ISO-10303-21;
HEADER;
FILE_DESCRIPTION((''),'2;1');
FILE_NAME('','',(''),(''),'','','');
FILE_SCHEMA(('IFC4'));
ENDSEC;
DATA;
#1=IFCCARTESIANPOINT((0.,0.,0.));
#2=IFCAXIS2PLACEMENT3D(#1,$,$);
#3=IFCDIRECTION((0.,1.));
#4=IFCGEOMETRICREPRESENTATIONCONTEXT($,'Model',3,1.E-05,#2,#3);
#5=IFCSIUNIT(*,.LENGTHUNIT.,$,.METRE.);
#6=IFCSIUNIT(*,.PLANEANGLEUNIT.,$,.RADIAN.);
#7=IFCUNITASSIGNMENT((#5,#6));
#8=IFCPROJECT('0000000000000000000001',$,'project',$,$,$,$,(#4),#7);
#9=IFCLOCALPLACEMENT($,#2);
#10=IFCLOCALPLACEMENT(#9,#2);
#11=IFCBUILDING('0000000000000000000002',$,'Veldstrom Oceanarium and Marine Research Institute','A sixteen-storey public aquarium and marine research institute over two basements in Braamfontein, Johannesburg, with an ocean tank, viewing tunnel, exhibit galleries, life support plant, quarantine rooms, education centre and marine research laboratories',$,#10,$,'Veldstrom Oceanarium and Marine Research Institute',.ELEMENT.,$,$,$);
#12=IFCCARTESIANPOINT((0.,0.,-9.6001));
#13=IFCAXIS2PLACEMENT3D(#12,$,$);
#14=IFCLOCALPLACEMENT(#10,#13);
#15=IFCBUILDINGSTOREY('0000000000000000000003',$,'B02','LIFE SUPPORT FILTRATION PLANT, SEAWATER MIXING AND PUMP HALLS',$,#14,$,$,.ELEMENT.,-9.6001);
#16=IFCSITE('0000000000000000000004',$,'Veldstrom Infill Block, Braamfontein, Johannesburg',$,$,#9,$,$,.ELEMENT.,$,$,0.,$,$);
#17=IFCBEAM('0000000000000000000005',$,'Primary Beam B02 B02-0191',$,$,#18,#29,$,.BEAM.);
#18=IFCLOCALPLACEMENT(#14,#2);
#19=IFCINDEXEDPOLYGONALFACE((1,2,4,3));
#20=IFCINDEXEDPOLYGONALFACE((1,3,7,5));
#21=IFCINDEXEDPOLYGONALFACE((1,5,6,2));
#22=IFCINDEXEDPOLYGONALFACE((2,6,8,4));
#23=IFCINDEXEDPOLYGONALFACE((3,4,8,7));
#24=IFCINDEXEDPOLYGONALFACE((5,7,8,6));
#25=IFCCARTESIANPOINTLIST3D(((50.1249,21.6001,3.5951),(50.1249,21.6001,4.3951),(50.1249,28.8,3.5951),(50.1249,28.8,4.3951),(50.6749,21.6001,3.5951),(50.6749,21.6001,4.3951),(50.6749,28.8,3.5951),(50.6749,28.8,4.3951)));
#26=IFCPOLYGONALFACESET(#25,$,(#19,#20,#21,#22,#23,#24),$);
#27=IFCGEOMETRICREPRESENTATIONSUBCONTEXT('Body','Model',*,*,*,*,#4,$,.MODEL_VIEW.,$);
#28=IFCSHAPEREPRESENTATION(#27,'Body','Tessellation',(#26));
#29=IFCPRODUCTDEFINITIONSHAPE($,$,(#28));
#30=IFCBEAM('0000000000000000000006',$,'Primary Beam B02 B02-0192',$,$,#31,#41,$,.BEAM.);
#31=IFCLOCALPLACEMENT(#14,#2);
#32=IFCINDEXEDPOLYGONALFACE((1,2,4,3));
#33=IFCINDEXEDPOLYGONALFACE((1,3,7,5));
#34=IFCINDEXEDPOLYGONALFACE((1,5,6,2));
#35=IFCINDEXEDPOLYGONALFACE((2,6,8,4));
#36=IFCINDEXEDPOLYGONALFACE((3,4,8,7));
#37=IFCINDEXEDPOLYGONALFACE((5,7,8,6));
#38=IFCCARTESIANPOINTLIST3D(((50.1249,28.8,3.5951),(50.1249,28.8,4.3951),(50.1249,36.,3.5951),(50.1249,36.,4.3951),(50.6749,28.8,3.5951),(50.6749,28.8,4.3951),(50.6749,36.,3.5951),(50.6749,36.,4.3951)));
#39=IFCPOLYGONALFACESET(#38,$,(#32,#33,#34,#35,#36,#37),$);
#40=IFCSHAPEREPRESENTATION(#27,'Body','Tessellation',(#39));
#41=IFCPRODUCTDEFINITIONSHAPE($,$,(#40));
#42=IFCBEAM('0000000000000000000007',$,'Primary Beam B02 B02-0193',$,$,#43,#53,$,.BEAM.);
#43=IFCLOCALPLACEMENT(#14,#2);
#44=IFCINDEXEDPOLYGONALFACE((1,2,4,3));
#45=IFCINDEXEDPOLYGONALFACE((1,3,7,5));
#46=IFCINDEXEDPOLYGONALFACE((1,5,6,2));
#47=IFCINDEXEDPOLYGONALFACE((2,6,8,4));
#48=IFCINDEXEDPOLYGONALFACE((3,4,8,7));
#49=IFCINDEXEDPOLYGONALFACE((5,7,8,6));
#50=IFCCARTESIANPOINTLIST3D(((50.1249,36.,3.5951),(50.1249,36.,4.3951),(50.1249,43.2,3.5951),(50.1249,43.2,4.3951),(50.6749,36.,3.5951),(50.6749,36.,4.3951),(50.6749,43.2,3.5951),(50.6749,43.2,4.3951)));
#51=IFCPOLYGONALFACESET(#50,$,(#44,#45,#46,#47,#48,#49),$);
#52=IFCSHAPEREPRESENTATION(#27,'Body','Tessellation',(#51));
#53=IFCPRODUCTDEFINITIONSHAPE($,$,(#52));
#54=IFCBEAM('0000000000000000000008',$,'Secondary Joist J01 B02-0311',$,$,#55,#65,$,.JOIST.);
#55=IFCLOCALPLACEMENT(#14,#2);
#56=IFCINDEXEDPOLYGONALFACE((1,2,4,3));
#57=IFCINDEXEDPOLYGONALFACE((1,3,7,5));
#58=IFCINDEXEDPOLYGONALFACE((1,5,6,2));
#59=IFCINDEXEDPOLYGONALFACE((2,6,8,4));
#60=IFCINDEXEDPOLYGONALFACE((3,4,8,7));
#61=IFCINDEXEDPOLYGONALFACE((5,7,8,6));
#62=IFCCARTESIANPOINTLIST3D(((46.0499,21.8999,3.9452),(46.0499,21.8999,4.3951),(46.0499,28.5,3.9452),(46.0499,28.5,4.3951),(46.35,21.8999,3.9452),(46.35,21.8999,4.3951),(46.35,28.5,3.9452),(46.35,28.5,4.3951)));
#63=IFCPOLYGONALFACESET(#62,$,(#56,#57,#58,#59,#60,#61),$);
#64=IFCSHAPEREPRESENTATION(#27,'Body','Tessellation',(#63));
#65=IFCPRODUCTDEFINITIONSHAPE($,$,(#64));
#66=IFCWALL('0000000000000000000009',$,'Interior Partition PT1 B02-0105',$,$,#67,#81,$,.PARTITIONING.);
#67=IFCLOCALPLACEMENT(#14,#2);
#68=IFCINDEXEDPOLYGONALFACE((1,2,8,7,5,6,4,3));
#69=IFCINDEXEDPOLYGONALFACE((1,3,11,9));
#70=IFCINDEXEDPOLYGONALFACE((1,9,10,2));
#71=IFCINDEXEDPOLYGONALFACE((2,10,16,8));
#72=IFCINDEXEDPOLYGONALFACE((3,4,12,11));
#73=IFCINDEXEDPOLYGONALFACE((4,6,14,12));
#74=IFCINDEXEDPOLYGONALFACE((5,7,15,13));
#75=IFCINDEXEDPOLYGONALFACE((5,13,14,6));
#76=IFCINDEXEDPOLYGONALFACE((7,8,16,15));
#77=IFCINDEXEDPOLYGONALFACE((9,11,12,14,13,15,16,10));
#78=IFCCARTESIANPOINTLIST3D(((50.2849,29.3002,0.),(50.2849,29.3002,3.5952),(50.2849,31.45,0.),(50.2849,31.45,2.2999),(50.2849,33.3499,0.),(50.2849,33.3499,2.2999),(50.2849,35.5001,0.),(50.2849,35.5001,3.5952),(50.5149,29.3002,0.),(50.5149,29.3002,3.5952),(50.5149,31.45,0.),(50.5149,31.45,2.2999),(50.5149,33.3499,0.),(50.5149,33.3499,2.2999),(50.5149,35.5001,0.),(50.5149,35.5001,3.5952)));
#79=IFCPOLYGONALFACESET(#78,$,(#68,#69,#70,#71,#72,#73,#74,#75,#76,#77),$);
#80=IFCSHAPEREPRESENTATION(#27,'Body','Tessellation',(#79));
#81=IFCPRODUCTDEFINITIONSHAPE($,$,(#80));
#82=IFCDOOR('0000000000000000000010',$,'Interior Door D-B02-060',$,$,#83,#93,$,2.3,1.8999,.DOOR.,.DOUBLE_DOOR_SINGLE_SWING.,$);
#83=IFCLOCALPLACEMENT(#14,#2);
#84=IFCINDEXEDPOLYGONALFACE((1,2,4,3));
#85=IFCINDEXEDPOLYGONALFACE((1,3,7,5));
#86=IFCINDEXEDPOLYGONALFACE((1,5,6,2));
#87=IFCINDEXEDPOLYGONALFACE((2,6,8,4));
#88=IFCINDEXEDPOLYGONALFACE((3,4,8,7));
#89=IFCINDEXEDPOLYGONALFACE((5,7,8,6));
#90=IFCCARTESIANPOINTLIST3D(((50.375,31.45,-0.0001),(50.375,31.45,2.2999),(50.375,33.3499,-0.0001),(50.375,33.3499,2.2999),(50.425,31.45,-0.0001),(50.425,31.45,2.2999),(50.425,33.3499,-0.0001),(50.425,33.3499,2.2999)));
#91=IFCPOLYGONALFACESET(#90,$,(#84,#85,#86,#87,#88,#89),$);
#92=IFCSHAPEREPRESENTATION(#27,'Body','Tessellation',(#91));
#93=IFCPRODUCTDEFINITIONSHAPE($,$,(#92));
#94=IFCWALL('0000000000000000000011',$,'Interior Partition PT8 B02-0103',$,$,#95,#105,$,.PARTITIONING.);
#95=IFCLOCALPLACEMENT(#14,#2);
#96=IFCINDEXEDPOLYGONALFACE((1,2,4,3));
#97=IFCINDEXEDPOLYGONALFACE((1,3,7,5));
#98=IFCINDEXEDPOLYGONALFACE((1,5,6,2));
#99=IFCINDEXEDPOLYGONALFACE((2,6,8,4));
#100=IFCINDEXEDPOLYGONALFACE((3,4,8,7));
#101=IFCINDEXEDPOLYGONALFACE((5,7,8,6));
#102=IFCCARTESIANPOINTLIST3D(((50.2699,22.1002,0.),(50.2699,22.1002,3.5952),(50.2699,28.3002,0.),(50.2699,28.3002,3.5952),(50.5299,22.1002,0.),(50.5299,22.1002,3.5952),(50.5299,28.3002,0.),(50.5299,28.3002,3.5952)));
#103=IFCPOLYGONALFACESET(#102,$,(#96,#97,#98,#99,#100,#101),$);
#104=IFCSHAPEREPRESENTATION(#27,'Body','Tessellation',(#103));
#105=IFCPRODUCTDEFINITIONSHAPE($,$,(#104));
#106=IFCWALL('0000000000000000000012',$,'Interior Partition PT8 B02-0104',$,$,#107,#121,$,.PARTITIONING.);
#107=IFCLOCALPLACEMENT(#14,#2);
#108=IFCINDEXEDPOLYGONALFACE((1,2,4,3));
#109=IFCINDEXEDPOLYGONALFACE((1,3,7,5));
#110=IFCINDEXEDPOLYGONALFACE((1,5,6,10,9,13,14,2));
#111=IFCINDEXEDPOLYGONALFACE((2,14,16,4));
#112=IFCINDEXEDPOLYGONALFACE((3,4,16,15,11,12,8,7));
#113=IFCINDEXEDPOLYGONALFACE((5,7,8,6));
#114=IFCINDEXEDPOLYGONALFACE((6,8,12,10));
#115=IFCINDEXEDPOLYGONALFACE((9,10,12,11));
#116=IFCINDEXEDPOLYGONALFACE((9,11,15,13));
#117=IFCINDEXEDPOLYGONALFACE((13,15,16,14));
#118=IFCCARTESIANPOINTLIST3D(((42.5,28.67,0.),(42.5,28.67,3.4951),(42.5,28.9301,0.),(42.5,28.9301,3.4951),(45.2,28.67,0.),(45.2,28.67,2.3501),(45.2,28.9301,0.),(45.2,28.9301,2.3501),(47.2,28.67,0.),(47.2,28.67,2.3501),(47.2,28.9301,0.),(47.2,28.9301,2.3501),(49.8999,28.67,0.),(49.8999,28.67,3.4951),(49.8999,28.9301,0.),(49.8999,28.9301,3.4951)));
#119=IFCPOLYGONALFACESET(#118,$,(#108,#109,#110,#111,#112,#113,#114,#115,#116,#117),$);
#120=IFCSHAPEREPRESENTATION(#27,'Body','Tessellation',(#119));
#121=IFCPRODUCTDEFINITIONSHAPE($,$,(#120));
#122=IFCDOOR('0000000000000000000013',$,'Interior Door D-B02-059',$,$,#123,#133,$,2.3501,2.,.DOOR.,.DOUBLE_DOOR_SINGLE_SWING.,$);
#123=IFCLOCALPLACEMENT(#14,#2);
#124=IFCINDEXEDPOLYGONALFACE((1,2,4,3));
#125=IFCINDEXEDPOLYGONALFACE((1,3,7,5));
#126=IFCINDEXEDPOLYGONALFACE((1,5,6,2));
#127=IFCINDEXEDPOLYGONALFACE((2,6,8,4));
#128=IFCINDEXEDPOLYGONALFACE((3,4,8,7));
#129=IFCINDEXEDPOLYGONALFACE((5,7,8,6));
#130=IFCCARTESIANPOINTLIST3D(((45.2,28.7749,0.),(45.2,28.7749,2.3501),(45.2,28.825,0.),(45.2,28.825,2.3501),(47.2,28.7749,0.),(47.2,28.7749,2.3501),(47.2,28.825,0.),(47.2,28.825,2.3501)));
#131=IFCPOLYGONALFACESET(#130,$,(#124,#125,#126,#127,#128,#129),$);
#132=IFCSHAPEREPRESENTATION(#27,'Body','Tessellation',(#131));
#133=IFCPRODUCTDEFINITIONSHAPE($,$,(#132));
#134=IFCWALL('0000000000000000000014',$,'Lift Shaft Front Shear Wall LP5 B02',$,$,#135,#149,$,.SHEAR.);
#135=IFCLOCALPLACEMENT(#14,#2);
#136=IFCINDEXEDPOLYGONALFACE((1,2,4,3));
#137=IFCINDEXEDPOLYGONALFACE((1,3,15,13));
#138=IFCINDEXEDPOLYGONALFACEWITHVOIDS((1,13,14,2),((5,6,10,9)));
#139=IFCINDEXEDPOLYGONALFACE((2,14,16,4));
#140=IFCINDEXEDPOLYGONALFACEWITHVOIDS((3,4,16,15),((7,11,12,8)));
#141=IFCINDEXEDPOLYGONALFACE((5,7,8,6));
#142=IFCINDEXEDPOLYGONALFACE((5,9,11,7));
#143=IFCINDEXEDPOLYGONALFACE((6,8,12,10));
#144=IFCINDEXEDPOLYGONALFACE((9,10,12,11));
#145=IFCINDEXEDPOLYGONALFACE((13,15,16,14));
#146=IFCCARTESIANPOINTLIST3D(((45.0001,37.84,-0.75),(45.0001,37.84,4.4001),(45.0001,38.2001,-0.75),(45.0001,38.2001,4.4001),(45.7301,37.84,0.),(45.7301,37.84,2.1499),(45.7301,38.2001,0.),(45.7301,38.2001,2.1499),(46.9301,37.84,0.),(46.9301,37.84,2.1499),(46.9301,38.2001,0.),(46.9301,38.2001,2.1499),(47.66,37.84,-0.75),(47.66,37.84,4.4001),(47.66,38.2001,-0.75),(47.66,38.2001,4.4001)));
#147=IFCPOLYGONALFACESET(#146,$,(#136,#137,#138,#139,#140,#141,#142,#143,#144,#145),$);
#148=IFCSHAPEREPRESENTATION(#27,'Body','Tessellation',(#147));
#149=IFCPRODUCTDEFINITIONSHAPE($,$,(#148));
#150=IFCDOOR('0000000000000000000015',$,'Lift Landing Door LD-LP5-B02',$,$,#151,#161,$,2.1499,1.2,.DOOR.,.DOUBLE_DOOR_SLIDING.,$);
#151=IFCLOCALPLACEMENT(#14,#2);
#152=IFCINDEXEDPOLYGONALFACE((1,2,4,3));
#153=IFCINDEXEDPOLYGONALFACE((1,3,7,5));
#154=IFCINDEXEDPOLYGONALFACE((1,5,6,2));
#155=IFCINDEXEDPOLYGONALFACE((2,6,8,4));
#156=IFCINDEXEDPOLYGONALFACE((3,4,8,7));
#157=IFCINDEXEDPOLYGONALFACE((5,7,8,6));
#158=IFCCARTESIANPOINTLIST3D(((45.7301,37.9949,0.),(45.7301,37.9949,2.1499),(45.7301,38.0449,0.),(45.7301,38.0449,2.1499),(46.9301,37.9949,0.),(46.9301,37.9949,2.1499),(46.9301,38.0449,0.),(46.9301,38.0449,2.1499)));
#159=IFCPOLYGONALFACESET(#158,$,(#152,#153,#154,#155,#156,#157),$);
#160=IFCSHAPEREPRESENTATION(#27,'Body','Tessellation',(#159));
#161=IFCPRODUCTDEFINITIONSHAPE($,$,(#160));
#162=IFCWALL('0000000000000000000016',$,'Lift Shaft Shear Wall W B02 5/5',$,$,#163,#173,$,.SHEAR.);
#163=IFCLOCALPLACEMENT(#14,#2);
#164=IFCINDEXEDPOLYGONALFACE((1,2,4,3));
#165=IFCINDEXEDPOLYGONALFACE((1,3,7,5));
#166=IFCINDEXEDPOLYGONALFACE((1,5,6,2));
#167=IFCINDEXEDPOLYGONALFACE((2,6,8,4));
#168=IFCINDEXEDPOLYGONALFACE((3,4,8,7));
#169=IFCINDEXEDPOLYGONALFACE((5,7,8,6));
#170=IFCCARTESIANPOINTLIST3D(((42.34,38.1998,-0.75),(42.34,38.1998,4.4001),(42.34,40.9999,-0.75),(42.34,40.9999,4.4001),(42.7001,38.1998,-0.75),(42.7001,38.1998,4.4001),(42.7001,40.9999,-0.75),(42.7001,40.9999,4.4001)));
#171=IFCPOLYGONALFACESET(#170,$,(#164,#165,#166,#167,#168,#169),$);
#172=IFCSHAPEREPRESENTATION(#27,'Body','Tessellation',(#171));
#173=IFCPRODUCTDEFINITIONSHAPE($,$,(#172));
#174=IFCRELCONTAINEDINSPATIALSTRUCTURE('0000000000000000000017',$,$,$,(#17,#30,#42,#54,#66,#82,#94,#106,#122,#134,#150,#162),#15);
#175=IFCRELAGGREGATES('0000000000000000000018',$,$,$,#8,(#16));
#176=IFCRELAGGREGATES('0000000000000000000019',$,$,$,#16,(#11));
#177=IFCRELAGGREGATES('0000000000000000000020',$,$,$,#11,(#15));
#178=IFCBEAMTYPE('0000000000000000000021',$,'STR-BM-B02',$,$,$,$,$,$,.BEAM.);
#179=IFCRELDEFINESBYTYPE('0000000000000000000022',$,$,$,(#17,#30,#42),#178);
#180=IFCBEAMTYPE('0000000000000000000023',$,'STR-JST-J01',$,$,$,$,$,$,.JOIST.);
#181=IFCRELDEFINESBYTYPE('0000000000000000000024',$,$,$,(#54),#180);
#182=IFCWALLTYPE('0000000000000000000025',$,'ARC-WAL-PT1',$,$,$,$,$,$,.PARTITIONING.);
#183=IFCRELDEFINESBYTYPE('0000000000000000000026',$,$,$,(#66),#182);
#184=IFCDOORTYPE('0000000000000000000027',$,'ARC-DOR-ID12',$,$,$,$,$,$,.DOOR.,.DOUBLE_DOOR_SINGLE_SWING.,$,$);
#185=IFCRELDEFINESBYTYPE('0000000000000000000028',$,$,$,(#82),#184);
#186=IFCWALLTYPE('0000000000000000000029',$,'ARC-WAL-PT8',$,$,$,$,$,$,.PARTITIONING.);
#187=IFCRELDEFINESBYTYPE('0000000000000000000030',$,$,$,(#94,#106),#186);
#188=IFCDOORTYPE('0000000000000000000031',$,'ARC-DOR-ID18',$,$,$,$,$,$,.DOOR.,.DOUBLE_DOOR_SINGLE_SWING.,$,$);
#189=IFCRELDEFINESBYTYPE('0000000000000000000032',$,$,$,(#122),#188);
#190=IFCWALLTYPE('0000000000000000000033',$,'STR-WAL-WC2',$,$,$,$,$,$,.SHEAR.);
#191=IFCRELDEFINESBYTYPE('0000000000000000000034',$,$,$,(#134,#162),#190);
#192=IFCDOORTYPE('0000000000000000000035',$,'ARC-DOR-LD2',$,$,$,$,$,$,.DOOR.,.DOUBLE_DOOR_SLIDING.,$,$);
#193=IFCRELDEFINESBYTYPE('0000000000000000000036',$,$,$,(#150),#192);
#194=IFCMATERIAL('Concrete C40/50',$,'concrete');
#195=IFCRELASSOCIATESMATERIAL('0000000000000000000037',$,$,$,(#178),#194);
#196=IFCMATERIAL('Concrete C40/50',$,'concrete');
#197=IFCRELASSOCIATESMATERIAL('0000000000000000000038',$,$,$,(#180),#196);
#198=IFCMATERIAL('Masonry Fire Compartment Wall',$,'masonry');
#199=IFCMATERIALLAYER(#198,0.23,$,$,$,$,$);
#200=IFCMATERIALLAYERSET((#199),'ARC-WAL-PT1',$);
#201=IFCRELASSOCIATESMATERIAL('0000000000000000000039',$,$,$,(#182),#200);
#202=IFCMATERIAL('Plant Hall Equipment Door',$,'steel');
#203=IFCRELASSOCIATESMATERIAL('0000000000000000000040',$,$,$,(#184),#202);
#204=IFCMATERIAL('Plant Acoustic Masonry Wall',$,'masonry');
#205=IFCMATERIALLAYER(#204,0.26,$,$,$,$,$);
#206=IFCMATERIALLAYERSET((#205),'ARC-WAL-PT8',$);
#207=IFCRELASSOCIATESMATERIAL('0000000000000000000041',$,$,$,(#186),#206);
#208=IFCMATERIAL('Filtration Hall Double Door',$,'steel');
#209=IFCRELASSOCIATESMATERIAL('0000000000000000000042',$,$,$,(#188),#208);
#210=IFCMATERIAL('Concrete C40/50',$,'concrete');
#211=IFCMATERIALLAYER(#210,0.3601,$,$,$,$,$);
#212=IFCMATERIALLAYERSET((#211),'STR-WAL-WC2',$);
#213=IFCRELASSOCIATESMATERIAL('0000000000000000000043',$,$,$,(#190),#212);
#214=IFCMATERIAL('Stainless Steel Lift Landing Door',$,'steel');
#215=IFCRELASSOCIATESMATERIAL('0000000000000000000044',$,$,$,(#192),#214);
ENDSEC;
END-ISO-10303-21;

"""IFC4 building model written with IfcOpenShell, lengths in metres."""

from ifc_helpers import new_model, si_unit, direction, frame, frame_2d, origin, origin_2d, place, context, subcontext, project, spatial, rectangle, extrude, material, layer, layer_set, material_profile, profile_set, type_object, element, fill, save


model = new_model("IFC4")

# Units and contexts
model_context = context("Model", 3, precision=1e-05, world=origin(), true_north=direction((0.0, 1.0)))
body_context = subcontext(model_context, "Body", "Model", "MODEL_VIEW")
ifc_project = project(units=[si_unit("LENGTHUNIT", "METRE"), si_unit("PLANEANGLEUNIT", "RADIAN")], contexts=[model_context])

# Site, building, storey
site_placement = place(None, origin())
site = spatial("IfcSite", under=ifc_project, at=site_placement, Name="Veldstrom Infill Block, Braamfontein, Johannesburg", CompositionType="ELEMENT", RefElevation=0.0)
building_placement = place(site_placement, origin())
building = spatial("IfcBuilding", under=site, at=building_placement, Name="Veldstrom Oceanarium and Marine Research Institute", Description="A sixteen-storey public aquarium and marine research institute over two basements in Braamfontein, Johannesburg, with an ocean tank, viewing tunnel, exhibit galleries, life support plant, quarantine rooms, education centre and marine research laboratories", LongName="Veldstrom Oceanarium and Marine Research Institute", CompositionType="ELEMENT")
storey_placement = place(building_placement, frame((0.0, 0.0, -9.6001)))
storey = spatial("IfcBuildingStorey", under=building, at=storey_placement, Name="B02", Description="LIFE SUPPORT FILTRATION PLANT, SEAWATER MIXING AND PUMP HALLS", CompositionType="ELEMENT", Elevation=-9.6001)

# Beams
ifc_material_1 = material(Name="Concrete C40/50", Category="concrete")
ifc_material_profile_1 = material_profile(ifc_material_1, rectangle(XDim=0.55, YDim=0.8, at=origin_2d()), Name="RC-BM-550x800")
ifc_profile_set_1 = profile_set([ifc_material_profile_1], Name="Concrete C40/50")
beam_type_1 = type_object("IfcBeamType", Name="STR-BM-B02", PredefinedType="BEAM", material=ifc_profile_set_1)
for number, where, z_axis, x_axis, name in (
    (1, (50.3999, 21.6001, 3.9951), (0.0, 1.0, 0.0), (-1.0, 0.0, 0.0), "Primary Beam B02 B02-0191"),
    (2, (50.3999, 28.8, 3.9951), (0.0, 1.0, 0.0), (-1.0, 0.0, 0.0), "Primary Beam B02 B02-0192"),
    (3, (50.3999, 36.0, 3.9951), (0.0, 1.0, 0.0), (-1.0, 0.0, 0.0), "Primary Beam B02 B02-0193"),
):
    element("IfcBeam", number, at=place(storey_placement, frame(where, z_axis=z_axis, x_axis=x_axis)), inside=storey, type_object=beam_type_1, Name=name, PredefinedType="BEAM", context=body_context, shape_type="SweptSolid", body=[
        extrude(rectangle(XDim=0.55, YDim=0.8, at=origin_2d()), origin(), (0.0, 0.0, 1.0), 7.2),
    ])
ifc_material_2 = material(Name="Concrete C40/50", Category="concrete")
ifc_material_profile_2 = material_profile(ifc_material_2, rectangle(XDim=0.3, YDim=0.45, at=origin_2d()), Name="RC-JST-300x450")
ifc_profile_set_2 = profile_set([ifc_material_profile_2], Name="Concrete C40/50")
beam_type_2 = type_object("IfcBeamType", Name="STR-JST-J01", PredefinedType="JOIST", material=ifc_profile_set_2)
beam_placement = place(storey_placement, frame((46.2, 21.8999, 4.1702), z_axis=(0.0, 1.0, 0.0), x_axis=(-1.0, 0.0, 0.0)))
element("IfcBeam", 4, at=beam_placement, inside=storey, type_object=beam_type_2, Name="Secondary Joist J01 B02-0311", PredefinedType="JOIST", context=body_context, shape_type="SweptSolid", body=[
    extrude(rectangle(XDim=0.3, YDim=0.45, at=origin_2d()), origin(), (0.0, 0.0, 1.0), 6.6001),
])

# Wall, opening, door
ifc_material_3 = material(Name="Masonry Fire Compartment Wall", Category="masonry")
ifc_layer_1 = layer(ifc_material_3, 0.23)
ifc_layer_set_1 = layer_set([ifc_layer_1], Name="ARC-WAL-PT1")
wall_type_1 = type_object("IfcWallType", Name="ARC-WAL-PT1", PredefinedType="PARTITIONING", material=ifc_layer_set_1)
wall_1_placement = place(storey_placement, frame((50.3999, 29.3, 0.0), z_axis=(0.0, 0.0, 1.0), x_axis=(0.0, 1.0, 0.0)))
wall_1 = element("IfcWall", 5, at=wall_1_placement, inside=storey, type_object=wall_type_1, Name="Interior Partition PT1 B02-0105", PredefinedType="PARTITIONING", context=body_context, shape_type="SweptSolid", body=[
    extrude(rectangle(XDim=6.2, YDim=0.23, at=frame_2d((3.1001, 0.0))), origin(), (0.0, 0.0, 1.0), 3.5952),
])
opening_1_placement = place(wall_1_placement, frame((2.1499, 0.0, 0.0)))
opening_1 = element("IfcOpeningElement", 6, at=opening_1_placement, cuts=wall_1, PredefinedType="OPENING", context=body_context, shape_type="SweptSolid", body=[
    extrude(rectangle(XDim=1.8999, YDim=2.3, at=frame_2d((0.95, 1.1499))), frame((0.0, 0.125, 0.0), z_axis=(0.0, -1.0, 0.0), x_axis=(1.0, 0.0, 0.0)), (0.0, 0.0, 1.0), 0.25),
])
ifc_material_4 = material(Name="Plant Hall Equipment Door", Category="steel")
door_type_1 = type_object("IfcDoorType", Name="ARC-DOR-ID12", OperationType="DOUBLE_DOOR_SINGLE_SWING", PredefinedType="DOOR", material=ifc_material_4)
door_1_placement = place(opening_1_placement, origin())
door_1 = element("IfcDoor", 7, at=door_1_placement, inside=storey, type_object=door_type_1, Name="Interior Door D-B02-060", OperationType="DOUBLE_DOOR_SINGLE_SWING", OverallHeight=2.3, OverallWidth=1.8999, PredefinedType="DOOR", context=body_context, shape_type="SweptSolid", body=[
    extrude(rectangle(XDim=1.8999, YDim=2.3, at=frame_2d((0.95, 1.1499))), frame((0.0, 0.0249, 0.0), z_axis=(0.0, -1.0, 0.0), x_axis=(1.0, 0.0, 0.0)), (0.0, 0.0, 1.0), 0.05),
])
fill(opening_1, door_1)

# Wall
ifc_material_5 = material(Name="Plant Acoustic Masonry Wall", Category="masonry")
ifc_layer_2 = layer(ifc_material_5, 0.26)
ifc_layer_set_2 = layer_set([ifc_layer_2], Name="ARC-WAL-PT8")
wall_type_2 = type_object("IfcWallType", Name="ARC-WAL-PT8", PredefinedType="PARTITIONING", material=ifc_layer_set_2)
wall_2_placement = place(storey_placement, frame((50.3999, 22.1001, 0.0), z_axis=(0.0, 0.0, 1.0), x_axis=(0.0, 1.0, 0.0)))
element("IfcWall", 8, at=wall_2_placement, inside=storey, type_object=wall_type_2, Name="Interior Partition PT8 B02-0103", PredefinedType="PARTITIONING", context=body_context, shape_type="SweptSolid", body=[
    extrude(rectangle(XDim=6.2, YDim=0.26, at=frame_2d((3.1001, 0.0))), origin(), (0.0, 0.0, 1.0), 3.5952),
])

# Walls, openings, doors
wall_3_placement = place(storey_placement, frame((42.5, 28.8, 0.0), z_axis=(0.0, 0.0, 1.0), x_axis=(1.0, 0.0, 0.0)))
wall_3 = element("IfcWall", 9, at=wall_3_placement, inside=storey, type_object=wall_type_2, Name="Interior Partition PT8 B02-0104", PredefinedType="PARTITIONING", context=body_context, shape_type="SweptSolid", body=[
    extrude(rectangle(XDim=7.3999, YDim=0.26, at=frame_2d((3.7, 0.0))), origin(), (0.0, 0.0, 1.0), 3.4951),
])
opening_2_placement = place(wall_3_placement, frame((2.7, 0.0, 0.0)))
opening_2 = element("IfcOpeningElement", 10, at=opening_2_placement, cuts=wall_3, PredefinedType="OPENING", context=body_context, shape_type="SweptSolid", body=[
    extrude(rectangle(XDim=2.0, YDim=2.3501, at=frame_2d((1.0, 1.175))), frame((0.0, 0.1399, 0.0), z_axis=(0.0, -1.0, 0.0), x_axis=(1.0, 0.0, 0.0)), (0.0, 0.0, 1.0), 0.28),
])
ifc_material_6 = material(Name="Filtration Hall Double Door", Category="steel")
door_type_2 = type_object("IfcDoorType", Name="ARC-DOR-ID18", OperationType="DOUBLE_DOOR_SINGLE_SWING", PredefinedType="DOOR", material=ifc_material_6)
door_2_placement = place(opening_2_placement, origin())
door_2 = element("IfcDoor", 11, at=door_2_placement, inside=storey, type_object=door_type_2, Name="Interior Door D-B02-059", OperationType="DOUBLE_DOOR_SINGLE_SWING", OverallHeight=2.3501, OverallWidth=2.0, PredefinedType="DOOR", context=body_context, shape_type="SweptSolid", body=[
    extrude(rectangle(XDim=2.0, YDim=2.3501, at=frame_2d((1.0, 1.175))), frame((0.0, 0.0249, 0.0), z_axis=(0.0, -1.0, 0.0), x_axis=(1.0, 0.0, 0.0)), (0.0, 0.0, 1.0), 0.05),
])
fill(opening_2, door_2)
ifc_material_7 = material(Name="Concrete C40/50", Category="concrete")
ifc_layer_3 = layer(ifc_material_7, 0.3601)
ifc_layer_set_3 = layer_set([ifc_layer_3], Name="STR-WAL-WC2")
wall_type_3 = type_object("IfcWallType", Name="STR-WAL-WC2", PredefinedType="SHEAR", material=ifc_layer_set_3)
wall_4_placement = place(storey_placement, frame((45.0, 38.02, -0.75), z_axis=(0.0, 0.0, 1.0), x_axis=(1.0, 0.0, 0.0)))
wall_4 = element("IfcWall", 12, at=wall_4_placement, inside=storey, type_object=wall_type_3, Name="Lift Shaft Front Shear Wall LP5 B02", PredefinedType="SHEAR", context=body_context, shape_type="SweptSolid", body=[
    extrude(rectangle(XDim=2.6599, YDim=0.3601, at=frame_2d((1.3301, 0.0))), origin(), (0.0, 0.0, 1.0), 5.1501),
])
opening_3_placement = place(wall_4_placement, frame((0.73, 0.0, 0.75)))
opening_3 = element("IfcOpeningElement", 13, at=opening_3_placement, cuts=wall_4, PredefinedType="OPENING", context=body_context, shape_type="SweptSolid", body=[
    extrude(rectangle(XDim=1.2, YDim=2.1499, at=frame_2d((0.6001, 1.075))), frame((0.0, 0.1899, 0.0), z_axis=(0.0, -1.0, 0.0), x_axis=(1.0, 0.0, 0.0)), (0.0, 0.0, 1.0), 0.3801),
])
ifc_material_8 = material(Name="Stainless Steel Lift Landing Door", Category="steel")
door_type_3 = type_object("IfcDoorType", Name="ARC-DOR-LD2", OperationType="DOUBLE_DOOR_SLIDING", PredefinedType="DOOR", material=ifc_material_8)
door_3_placement = place(opening_3_placement, origin())
door_3 = element("IfcDoor", 14, at=door_3_placement, inside=storey, type_object=door_type_3, Name="Lift Landing Door LD-LP5-B02", OperationType="DOUBLE_DOOR_SLIDING", OverallHeight=2.1499, OverallWidth=1.2, PredefinedType="DOOR", context=body_context, shape_type="SweptSolid", body=[
    extrude(rectangle(XDim=1.2, YDim=2.1499, at=frame_2d((0.6001, 1.075))), frame((0.0, 0.0249, 0.0), z_axis=(0.0, -1.0, 0.0), x_axis=(1.0, 0.0, 0.0)), (0.0, 0.0, 1.0), 0.05),
])
fill(opening_3, door_3)

# Wall
for number, where, z_axis, x_axis, name in (
    (15, (42.52, 38.2, -0.75), (0.0, 0.0, 1.0), (0.0, 1.0, 0.0), "Lift Shaft Shear Wall W B02 5/5"),
):
    element("IfcWall", number, at=place(storey_placement, frame(where, z_axis=z_axis, x_axis=x_axis)), inside=storey, type_object=wall_type_3, Name=name, PredefinedType="SHEAR", context=body_context, shape_type="SweptSolid", body=[
        extrude(rectangle(XDim=2.8, YDim=0.3601, at=frame_2d((1.3999, 0.0))), origin(), (0.0, 0.0, 1.0), 5.1501),
    ])

save(model, "model.ifc")
